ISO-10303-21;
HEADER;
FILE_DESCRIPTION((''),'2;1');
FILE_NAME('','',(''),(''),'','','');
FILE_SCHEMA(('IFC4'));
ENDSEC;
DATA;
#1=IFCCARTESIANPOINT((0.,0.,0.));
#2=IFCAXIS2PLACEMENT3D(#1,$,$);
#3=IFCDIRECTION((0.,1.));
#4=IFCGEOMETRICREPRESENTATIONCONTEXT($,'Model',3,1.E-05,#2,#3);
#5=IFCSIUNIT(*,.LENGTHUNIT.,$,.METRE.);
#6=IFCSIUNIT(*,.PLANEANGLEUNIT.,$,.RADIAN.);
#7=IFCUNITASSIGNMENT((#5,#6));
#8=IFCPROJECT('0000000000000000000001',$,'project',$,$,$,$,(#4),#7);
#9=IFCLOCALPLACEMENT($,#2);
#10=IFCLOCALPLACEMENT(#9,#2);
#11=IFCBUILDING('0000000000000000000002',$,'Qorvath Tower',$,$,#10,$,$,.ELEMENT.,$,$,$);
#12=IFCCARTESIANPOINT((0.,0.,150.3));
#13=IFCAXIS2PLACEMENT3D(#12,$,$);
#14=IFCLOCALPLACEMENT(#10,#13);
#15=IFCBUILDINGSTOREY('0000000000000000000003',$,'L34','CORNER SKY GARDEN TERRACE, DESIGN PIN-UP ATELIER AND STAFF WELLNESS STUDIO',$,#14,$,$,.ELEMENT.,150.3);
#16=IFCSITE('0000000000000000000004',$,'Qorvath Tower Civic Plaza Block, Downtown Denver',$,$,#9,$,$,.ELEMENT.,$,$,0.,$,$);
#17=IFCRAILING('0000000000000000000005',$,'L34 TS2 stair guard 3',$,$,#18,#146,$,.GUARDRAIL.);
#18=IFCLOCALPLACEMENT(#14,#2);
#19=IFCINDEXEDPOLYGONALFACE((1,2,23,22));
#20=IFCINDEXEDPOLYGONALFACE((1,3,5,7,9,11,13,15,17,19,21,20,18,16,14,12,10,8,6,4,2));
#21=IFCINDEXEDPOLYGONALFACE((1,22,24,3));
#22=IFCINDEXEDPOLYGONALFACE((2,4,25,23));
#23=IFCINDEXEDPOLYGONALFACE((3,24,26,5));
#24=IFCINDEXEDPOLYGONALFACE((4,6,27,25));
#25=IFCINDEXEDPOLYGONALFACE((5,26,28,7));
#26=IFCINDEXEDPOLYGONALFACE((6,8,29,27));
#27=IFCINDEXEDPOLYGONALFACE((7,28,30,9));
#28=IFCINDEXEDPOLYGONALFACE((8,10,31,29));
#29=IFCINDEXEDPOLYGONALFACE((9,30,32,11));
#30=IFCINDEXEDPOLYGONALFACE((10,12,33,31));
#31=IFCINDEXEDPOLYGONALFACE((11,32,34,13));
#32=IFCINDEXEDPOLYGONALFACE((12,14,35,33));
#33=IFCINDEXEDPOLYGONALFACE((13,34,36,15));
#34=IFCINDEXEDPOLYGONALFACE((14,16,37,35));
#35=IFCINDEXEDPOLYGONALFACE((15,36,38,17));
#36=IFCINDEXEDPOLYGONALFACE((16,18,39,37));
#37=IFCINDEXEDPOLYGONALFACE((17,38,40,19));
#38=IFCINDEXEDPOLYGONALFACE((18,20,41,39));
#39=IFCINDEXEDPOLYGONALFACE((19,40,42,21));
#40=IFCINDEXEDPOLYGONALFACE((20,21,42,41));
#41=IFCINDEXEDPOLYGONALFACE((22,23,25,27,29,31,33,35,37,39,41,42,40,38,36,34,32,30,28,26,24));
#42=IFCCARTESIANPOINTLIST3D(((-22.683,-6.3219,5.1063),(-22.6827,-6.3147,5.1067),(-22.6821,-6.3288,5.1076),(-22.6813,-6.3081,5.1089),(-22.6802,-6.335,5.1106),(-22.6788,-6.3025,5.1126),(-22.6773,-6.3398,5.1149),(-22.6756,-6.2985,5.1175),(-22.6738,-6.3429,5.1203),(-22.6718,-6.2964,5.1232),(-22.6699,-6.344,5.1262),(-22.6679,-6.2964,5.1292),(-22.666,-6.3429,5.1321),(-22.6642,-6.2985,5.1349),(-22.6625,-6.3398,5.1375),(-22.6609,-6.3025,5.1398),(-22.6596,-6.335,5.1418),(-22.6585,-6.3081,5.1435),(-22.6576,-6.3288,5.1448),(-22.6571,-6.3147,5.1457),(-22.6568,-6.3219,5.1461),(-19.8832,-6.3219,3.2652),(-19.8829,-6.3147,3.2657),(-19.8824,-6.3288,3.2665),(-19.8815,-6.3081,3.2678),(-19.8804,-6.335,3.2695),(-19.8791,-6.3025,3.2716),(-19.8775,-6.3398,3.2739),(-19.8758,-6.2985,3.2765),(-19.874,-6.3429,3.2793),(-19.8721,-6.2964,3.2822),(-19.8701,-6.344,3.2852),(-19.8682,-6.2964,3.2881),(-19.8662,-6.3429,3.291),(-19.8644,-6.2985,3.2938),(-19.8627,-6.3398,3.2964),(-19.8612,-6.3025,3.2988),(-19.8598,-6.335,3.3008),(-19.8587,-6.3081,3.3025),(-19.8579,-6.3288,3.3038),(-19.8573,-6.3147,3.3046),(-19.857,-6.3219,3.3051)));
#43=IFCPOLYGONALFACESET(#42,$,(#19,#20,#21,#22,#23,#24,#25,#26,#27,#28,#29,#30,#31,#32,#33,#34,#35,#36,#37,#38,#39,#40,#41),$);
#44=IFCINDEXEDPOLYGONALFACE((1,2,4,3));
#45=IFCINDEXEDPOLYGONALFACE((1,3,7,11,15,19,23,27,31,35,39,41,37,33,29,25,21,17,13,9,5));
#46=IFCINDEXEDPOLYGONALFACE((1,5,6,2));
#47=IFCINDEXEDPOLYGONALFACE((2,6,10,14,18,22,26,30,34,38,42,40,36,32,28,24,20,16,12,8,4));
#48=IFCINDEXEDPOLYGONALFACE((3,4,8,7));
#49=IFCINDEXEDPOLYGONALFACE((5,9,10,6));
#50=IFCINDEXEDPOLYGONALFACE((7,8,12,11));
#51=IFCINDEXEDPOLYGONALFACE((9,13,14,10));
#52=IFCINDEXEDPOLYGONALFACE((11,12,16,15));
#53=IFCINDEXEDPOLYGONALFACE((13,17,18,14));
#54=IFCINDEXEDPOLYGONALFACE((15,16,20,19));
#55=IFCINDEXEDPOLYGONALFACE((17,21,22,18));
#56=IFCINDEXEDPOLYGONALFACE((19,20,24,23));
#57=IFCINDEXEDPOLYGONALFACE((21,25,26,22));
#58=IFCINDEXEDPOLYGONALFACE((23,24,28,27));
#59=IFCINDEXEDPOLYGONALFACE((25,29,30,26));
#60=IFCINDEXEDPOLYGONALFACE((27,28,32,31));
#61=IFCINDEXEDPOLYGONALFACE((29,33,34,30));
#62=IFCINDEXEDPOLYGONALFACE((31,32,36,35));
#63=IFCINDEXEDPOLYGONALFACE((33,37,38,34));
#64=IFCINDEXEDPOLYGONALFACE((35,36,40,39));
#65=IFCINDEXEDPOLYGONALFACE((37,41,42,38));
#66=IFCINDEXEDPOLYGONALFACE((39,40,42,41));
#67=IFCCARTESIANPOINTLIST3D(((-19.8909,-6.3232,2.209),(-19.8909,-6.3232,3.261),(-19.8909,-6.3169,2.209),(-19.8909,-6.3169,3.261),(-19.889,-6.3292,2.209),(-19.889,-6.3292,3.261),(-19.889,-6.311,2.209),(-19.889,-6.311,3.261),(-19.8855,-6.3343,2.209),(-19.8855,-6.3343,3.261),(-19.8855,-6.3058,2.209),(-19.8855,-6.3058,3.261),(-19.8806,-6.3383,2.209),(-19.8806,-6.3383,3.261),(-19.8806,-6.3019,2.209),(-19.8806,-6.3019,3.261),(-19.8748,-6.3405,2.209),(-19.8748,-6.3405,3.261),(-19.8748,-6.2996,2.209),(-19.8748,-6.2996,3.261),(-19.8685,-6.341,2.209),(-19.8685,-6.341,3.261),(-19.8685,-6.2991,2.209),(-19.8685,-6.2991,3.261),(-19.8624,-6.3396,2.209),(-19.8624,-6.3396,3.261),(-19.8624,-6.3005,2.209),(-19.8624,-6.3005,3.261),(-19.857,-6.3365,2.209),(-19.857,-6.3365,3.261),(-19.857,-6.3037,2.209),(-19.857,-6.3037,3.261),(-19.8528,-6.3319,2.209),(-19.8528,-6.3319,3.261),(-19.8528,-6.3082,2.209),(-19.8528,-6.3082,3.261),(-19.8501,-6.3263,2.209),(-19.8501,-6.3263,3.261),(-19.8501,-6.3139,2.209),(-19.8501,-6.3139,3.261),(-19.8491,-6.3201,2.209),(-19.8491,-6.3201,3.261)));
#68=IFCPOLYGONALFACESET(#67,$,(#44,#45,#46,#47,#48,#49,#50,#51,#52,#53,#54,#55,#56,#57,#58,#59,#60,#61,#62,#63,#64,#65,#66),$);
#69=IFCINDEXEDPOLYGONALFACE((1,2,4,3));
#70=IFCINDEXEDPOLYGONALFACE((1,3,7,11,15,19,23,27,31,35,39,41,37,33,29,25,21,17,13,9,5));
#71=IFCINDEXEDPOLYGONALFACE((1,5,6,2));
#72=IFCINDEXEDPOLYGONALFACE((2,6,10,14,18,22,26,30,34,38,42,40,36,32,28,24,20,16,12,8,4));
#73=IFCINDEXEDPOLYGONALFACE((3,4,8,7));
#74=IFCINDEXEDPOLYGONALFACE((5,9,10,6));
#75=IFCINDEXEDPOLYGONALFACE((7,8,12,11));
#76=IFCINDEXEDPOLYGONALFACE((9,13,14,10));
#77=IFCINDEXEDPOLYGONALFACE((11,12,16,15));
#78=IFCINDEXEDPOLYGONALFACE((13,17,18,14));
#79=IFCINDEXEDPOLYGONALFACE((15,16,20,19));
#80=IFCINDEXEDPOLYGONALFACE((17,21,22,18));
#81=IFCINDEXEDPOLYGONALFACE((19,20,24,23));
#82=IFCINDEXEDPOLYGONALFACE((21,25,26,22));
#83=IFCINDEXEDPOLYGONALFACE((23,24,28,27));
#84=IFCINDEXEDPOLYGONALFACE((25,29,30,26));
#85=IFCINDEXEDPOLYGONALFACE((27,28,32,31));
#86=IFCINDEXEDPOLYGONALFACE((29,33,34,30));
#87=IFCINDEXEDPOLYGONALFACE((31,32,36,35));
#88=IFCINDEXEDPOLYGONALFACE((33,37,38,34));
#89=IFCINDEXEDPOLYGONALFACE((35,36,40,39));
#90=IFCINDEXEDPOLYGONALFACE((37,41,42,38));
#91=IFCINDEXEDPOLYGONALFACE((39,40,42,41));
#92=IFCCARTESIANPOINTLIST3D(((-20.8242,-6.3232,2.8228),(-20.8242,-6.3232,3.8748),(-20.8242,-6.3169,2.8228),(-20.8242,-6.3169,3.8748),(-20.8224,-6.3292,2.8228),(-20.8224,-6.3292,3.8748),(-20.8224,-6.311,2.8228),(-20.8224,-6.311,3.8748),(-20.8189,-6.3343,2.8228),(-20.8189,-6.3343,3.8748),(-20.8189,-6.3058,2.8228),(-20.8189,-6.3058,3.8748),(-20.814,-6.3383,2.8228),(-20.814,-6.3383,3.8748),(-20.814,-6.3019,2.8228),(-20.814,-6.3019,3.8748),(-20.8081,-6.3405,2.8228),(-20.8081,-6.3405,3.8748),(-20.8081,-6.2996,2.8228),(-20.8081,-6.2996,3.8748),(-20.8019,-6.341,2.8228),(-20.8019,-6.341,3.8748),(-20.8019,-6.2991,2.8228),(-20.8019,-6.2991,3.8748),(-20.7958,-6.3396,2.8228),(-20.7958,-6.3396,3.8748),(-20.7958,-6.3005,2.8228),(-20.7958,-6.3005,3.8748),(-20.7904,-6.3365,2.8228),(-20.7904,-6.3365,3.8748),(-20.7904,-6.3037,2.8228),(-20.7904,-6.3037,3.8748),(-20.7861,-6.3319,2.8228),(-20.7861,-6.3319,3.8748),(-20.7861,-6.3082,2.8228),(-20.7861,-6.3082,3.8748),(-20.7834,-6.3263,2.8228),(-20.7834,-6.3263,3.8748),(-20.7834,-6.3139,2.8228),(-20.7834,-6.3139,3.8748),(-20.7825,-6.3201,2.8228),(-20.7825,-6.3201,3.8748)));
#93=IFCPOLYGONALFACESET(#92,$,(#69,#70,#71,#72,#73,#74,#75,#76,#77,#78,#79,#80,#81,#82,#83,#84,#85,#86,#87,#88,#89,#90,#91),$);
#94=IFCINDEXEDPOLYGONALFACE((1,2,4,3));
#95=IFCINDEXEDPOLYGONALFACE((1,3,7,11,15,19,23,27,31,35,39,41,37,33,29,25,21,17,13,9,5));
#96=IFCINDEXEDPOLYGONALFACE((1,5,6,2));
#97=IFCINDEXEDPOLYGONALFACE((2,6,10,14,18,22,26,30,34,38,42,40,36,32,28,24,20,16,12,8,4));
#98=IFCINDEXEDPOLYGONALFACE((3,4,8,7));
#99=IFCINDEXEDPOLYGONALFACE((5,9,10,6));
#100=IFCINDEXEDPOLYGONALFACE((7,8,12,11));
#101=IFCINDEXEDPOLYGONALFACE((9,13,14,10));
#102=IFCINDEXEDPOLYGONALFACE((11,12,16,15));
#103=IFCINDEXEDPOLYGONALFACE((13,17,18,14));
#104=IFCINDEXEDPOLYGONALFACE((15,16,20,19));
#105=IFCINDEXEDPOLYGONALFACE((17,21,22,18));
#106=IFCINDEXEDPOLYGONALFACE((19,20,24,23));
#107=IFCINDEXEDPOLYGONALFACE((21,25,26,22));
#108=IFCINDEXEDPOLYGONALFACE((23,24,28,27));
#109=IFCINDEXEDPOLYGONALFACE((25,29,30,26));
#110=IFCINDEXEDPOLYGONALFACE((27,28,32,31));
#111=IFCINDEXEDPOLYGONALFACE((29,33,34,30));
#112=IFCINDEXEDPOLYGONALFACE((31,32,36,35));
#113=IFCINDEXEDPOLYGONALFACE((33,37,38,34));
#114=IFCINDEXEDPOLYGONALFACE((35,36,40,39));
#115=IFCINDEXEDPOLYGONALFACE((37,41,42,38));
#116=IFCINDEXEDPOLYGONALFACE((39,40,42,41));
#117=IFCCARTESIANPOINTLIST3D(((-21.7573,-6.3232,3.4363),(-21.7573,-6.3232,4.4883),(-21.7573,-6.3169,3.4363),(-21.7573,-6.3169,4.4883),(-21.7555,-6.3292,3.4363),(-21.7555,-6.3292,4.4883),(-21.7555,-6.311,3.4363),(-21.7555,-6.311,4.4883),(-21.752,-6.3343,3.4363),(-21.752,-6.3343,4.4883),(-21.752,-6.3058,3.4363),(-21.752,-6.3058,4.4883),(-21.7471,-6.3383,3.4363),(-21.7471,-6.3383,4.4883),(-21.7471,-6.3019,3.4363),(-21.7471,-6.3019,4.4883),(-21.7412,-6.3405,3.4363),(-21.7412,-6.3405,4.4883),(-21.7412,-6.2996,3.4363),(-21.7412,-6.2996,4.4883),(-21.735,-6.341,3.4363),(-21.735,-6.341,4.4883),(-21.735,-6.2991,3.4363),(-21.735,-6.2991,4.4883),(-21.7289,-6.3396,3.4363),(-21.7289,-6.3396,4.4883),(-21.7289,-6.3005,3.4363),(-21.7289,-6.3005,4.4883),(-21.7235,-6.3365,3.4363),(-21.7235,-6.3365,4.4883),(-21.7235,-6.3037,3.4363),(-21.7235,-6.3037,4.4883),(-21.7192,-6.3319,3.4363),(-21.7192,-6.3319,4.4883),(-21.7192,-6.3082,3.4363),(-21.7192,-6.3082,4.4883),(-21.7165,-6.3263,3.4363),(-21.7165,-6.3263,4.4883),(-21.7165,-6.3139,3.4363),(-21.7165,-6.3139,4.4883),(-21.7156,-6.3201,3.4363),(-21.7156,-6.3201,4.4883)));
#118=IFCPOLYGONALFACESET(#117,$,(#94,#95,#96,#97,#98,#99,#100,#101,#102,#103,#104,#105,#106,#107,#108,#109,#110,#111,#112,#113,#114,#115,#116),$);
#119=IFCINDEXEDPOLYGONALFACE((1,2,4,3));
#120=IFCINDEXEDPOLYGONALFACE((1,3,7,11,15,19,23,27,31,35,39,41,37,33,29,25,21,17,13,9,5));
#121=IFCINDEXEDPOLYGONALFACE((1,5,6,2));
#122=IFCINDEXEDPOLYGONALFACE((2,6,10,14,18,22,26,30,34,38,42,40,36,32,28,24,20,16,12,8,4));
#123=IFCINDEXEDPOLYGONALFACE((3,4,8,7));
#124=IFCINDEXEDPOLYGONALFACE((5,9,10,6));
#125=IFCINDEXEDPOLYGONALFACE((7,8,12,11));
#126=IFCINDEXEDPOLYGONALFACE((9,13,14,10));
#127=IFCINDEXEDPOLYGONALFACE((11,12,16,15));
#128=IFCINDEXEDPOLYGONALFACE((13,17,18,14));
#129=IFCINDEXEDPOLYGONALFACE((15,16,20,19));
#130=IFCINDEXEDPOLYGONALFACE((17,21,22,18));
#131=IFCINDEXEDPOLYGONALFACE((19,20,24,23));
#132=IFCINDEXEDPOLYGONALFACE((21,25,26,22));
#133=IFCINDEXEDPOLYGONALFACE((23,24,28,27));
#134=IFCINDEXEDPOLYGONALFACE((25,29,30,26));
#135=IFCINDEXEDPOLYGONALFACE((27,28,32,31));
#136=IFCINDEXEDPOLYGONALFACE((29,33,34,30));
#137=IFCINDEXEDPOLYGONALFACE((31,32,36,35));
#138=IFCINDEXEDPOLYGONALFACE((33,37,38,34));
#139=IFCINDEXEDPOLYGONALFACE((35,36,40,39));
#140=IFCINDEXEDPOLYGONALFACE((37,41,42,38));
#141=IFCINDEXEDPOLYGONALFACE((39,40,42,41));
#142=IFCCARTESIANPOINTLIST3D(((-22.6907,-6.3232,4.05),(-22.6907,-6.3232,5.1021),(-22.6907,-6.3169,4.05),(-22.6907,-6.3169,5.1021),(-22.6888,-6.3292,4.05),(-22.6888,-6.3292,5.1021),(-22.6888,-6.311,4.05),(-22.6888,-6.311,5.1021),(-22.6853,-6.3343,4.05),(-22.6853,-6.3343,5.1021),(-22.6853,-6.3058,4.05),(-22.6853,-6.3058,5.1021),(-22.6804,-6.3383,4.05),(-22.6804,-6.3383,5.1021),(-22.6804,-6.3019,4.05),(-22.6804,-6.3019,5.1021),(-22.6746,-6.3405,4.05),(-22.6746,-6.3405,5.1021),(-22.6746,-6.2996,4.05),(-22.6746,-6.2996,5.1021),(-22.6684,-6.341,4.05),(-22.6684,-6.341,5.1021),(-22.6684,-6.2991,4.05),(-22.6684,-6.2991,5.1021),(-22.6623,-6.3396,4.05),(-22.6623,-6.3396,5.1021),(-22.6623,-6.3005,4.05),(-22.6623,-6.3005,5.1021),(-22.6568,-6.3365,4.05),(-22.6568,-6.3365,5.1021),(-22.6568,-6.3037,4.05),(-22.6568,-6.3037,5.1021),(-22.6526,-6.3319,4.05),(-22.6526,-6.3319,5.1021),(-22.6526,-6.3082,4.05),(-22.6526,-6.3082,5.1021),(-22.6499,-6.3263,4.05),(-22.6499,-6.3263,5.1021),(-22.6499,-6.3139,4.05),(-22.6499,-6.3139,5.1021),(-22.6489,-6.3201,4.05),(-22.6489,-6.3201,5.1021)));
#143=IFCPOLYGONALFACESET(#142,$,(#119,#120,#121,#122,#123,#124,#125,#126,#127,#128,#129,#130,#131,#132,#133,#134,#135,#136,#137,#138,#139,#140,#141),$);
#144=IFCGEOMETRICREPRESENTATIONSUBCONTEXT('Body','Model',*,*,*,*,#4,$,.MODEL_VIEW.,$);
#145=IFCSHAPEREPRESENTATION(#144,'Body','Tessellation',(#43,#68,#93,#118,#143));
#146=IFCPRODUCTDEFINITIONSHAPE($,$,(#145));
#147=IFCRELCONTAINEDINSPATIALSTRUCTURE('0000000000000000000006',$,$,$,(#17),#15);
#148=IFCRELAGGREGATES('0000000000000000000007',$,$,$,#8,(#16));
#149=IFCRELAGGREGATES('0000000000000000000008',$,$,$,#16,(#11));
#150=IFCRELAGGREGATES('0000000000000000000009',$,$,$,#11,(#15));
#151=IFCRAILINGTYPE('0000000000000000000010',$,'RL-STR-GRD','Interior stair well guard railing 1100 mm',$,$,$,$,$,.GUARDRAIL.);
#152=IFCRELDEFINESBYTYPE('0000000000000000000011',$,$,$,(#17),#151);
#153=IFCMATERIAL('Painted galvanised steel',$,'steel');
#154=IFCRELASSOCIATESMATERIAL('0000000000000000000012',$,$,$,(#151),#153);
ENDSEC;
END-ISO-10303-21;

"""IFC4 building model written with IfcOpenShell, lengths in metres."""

from ifc_helpers import new_model, si_unit, direction, frame, origin, origin_2d, place, context, subcontext, project, spatial, circle, extrude, material, type_object, element, save


model = new_model("IFC4")

# Units and contexts
model_context = context("Model", 3, precision=1e-05, world=origin(), true_north=direction((0.0, 1.0)))
body_context = subcontext(model_context, "Body", "Model", "MODEL_VIEW")
ifc_project = project(units=[si_unit("LENGTHUNIT", "METRE"), si_unit("PLANEANGLEUNIT", "RADIAN")], contexts=[model_context])

# Site, building, storey
site_placement = place(None, origin())
site = spatial("IfcSite", under=ifc_project, at=site_placement, Name="Qorvath Tower Civic Plaza Block, Downtown Denver", CompositionType="ELEMENT", RefElevation=0.0)
building_placement = place(site_placement, origin())
building = spatial("IfcBuilding", under=site, at=building_placement, Name="Qorvath Tower", CompositionType="ELEMENT")
storey_placement = place(building_placement, frame((0.0, 0.0, 150.3)))
storey = spatial("IfcBuildingStorey", under=building, at=storey_placement, Name="L34", Description="CORNER SKY GARDEN TERRACE, DESIGN PIN-UP ATELIER AND STAFF WELLNESS STUDIO", CompositionType="ELEMENT", Elevation=150.3)

# Railing
ifc_material_1 = material(Name="Painted galvanised steel", Category="steel")
railing_type_1 = type_object("IfcRailingType", Name="RL-STR-GRD", Description="Interior stair well guard railing 1100 mm", PredefinedType="GUARDRAIL", material=ifc_material_1)
railing_1_placement = place(storey_placement, frame((-19.8701, -6.3201, 2.209)))
element("IfcRailing", 1, at=railing_1_placement, inside=storey, type_object=railing_type_1, Name="L34 TS2 stair guard 3", PredefinedType="GUARDRAIL", context=body_context, shape_type="SweptSolid", body=[
    extrude(circle(Radius=0.0239, at=origin_2d()), frame((0.0, 0.0, 1.0762), z_axis=(-0.835542, 0.0, 0.549426), x_axis=(0.0, -1.0, 0.0)), (0.0, 0.0, 1.0), 3.3508),
    extrude(circle(Radius=0.021, at=origin_2d()), origin(), (0.0, 0.0, 1.0), 1.052),
    extrude(circle(Radius=0.021, at=origin_2d()), frame((-0.9333, 0.0, 0.6138)), (0.0, 0.0, 1.0), 1.052),
    extrude(circle(Radius=0.021, at=origin_2d()), frame((-1.8665, 0.0, 1.2273)), (0.0, 0.0, 1.0), 1.052),
    extrude(circle(Radius=0.021, at=origin_2d()), frame((-2.7998, 0.0, 1.8411)), (0.0, 0.0, 1.0), 1.052),
])

save(model, "model.ifc")
